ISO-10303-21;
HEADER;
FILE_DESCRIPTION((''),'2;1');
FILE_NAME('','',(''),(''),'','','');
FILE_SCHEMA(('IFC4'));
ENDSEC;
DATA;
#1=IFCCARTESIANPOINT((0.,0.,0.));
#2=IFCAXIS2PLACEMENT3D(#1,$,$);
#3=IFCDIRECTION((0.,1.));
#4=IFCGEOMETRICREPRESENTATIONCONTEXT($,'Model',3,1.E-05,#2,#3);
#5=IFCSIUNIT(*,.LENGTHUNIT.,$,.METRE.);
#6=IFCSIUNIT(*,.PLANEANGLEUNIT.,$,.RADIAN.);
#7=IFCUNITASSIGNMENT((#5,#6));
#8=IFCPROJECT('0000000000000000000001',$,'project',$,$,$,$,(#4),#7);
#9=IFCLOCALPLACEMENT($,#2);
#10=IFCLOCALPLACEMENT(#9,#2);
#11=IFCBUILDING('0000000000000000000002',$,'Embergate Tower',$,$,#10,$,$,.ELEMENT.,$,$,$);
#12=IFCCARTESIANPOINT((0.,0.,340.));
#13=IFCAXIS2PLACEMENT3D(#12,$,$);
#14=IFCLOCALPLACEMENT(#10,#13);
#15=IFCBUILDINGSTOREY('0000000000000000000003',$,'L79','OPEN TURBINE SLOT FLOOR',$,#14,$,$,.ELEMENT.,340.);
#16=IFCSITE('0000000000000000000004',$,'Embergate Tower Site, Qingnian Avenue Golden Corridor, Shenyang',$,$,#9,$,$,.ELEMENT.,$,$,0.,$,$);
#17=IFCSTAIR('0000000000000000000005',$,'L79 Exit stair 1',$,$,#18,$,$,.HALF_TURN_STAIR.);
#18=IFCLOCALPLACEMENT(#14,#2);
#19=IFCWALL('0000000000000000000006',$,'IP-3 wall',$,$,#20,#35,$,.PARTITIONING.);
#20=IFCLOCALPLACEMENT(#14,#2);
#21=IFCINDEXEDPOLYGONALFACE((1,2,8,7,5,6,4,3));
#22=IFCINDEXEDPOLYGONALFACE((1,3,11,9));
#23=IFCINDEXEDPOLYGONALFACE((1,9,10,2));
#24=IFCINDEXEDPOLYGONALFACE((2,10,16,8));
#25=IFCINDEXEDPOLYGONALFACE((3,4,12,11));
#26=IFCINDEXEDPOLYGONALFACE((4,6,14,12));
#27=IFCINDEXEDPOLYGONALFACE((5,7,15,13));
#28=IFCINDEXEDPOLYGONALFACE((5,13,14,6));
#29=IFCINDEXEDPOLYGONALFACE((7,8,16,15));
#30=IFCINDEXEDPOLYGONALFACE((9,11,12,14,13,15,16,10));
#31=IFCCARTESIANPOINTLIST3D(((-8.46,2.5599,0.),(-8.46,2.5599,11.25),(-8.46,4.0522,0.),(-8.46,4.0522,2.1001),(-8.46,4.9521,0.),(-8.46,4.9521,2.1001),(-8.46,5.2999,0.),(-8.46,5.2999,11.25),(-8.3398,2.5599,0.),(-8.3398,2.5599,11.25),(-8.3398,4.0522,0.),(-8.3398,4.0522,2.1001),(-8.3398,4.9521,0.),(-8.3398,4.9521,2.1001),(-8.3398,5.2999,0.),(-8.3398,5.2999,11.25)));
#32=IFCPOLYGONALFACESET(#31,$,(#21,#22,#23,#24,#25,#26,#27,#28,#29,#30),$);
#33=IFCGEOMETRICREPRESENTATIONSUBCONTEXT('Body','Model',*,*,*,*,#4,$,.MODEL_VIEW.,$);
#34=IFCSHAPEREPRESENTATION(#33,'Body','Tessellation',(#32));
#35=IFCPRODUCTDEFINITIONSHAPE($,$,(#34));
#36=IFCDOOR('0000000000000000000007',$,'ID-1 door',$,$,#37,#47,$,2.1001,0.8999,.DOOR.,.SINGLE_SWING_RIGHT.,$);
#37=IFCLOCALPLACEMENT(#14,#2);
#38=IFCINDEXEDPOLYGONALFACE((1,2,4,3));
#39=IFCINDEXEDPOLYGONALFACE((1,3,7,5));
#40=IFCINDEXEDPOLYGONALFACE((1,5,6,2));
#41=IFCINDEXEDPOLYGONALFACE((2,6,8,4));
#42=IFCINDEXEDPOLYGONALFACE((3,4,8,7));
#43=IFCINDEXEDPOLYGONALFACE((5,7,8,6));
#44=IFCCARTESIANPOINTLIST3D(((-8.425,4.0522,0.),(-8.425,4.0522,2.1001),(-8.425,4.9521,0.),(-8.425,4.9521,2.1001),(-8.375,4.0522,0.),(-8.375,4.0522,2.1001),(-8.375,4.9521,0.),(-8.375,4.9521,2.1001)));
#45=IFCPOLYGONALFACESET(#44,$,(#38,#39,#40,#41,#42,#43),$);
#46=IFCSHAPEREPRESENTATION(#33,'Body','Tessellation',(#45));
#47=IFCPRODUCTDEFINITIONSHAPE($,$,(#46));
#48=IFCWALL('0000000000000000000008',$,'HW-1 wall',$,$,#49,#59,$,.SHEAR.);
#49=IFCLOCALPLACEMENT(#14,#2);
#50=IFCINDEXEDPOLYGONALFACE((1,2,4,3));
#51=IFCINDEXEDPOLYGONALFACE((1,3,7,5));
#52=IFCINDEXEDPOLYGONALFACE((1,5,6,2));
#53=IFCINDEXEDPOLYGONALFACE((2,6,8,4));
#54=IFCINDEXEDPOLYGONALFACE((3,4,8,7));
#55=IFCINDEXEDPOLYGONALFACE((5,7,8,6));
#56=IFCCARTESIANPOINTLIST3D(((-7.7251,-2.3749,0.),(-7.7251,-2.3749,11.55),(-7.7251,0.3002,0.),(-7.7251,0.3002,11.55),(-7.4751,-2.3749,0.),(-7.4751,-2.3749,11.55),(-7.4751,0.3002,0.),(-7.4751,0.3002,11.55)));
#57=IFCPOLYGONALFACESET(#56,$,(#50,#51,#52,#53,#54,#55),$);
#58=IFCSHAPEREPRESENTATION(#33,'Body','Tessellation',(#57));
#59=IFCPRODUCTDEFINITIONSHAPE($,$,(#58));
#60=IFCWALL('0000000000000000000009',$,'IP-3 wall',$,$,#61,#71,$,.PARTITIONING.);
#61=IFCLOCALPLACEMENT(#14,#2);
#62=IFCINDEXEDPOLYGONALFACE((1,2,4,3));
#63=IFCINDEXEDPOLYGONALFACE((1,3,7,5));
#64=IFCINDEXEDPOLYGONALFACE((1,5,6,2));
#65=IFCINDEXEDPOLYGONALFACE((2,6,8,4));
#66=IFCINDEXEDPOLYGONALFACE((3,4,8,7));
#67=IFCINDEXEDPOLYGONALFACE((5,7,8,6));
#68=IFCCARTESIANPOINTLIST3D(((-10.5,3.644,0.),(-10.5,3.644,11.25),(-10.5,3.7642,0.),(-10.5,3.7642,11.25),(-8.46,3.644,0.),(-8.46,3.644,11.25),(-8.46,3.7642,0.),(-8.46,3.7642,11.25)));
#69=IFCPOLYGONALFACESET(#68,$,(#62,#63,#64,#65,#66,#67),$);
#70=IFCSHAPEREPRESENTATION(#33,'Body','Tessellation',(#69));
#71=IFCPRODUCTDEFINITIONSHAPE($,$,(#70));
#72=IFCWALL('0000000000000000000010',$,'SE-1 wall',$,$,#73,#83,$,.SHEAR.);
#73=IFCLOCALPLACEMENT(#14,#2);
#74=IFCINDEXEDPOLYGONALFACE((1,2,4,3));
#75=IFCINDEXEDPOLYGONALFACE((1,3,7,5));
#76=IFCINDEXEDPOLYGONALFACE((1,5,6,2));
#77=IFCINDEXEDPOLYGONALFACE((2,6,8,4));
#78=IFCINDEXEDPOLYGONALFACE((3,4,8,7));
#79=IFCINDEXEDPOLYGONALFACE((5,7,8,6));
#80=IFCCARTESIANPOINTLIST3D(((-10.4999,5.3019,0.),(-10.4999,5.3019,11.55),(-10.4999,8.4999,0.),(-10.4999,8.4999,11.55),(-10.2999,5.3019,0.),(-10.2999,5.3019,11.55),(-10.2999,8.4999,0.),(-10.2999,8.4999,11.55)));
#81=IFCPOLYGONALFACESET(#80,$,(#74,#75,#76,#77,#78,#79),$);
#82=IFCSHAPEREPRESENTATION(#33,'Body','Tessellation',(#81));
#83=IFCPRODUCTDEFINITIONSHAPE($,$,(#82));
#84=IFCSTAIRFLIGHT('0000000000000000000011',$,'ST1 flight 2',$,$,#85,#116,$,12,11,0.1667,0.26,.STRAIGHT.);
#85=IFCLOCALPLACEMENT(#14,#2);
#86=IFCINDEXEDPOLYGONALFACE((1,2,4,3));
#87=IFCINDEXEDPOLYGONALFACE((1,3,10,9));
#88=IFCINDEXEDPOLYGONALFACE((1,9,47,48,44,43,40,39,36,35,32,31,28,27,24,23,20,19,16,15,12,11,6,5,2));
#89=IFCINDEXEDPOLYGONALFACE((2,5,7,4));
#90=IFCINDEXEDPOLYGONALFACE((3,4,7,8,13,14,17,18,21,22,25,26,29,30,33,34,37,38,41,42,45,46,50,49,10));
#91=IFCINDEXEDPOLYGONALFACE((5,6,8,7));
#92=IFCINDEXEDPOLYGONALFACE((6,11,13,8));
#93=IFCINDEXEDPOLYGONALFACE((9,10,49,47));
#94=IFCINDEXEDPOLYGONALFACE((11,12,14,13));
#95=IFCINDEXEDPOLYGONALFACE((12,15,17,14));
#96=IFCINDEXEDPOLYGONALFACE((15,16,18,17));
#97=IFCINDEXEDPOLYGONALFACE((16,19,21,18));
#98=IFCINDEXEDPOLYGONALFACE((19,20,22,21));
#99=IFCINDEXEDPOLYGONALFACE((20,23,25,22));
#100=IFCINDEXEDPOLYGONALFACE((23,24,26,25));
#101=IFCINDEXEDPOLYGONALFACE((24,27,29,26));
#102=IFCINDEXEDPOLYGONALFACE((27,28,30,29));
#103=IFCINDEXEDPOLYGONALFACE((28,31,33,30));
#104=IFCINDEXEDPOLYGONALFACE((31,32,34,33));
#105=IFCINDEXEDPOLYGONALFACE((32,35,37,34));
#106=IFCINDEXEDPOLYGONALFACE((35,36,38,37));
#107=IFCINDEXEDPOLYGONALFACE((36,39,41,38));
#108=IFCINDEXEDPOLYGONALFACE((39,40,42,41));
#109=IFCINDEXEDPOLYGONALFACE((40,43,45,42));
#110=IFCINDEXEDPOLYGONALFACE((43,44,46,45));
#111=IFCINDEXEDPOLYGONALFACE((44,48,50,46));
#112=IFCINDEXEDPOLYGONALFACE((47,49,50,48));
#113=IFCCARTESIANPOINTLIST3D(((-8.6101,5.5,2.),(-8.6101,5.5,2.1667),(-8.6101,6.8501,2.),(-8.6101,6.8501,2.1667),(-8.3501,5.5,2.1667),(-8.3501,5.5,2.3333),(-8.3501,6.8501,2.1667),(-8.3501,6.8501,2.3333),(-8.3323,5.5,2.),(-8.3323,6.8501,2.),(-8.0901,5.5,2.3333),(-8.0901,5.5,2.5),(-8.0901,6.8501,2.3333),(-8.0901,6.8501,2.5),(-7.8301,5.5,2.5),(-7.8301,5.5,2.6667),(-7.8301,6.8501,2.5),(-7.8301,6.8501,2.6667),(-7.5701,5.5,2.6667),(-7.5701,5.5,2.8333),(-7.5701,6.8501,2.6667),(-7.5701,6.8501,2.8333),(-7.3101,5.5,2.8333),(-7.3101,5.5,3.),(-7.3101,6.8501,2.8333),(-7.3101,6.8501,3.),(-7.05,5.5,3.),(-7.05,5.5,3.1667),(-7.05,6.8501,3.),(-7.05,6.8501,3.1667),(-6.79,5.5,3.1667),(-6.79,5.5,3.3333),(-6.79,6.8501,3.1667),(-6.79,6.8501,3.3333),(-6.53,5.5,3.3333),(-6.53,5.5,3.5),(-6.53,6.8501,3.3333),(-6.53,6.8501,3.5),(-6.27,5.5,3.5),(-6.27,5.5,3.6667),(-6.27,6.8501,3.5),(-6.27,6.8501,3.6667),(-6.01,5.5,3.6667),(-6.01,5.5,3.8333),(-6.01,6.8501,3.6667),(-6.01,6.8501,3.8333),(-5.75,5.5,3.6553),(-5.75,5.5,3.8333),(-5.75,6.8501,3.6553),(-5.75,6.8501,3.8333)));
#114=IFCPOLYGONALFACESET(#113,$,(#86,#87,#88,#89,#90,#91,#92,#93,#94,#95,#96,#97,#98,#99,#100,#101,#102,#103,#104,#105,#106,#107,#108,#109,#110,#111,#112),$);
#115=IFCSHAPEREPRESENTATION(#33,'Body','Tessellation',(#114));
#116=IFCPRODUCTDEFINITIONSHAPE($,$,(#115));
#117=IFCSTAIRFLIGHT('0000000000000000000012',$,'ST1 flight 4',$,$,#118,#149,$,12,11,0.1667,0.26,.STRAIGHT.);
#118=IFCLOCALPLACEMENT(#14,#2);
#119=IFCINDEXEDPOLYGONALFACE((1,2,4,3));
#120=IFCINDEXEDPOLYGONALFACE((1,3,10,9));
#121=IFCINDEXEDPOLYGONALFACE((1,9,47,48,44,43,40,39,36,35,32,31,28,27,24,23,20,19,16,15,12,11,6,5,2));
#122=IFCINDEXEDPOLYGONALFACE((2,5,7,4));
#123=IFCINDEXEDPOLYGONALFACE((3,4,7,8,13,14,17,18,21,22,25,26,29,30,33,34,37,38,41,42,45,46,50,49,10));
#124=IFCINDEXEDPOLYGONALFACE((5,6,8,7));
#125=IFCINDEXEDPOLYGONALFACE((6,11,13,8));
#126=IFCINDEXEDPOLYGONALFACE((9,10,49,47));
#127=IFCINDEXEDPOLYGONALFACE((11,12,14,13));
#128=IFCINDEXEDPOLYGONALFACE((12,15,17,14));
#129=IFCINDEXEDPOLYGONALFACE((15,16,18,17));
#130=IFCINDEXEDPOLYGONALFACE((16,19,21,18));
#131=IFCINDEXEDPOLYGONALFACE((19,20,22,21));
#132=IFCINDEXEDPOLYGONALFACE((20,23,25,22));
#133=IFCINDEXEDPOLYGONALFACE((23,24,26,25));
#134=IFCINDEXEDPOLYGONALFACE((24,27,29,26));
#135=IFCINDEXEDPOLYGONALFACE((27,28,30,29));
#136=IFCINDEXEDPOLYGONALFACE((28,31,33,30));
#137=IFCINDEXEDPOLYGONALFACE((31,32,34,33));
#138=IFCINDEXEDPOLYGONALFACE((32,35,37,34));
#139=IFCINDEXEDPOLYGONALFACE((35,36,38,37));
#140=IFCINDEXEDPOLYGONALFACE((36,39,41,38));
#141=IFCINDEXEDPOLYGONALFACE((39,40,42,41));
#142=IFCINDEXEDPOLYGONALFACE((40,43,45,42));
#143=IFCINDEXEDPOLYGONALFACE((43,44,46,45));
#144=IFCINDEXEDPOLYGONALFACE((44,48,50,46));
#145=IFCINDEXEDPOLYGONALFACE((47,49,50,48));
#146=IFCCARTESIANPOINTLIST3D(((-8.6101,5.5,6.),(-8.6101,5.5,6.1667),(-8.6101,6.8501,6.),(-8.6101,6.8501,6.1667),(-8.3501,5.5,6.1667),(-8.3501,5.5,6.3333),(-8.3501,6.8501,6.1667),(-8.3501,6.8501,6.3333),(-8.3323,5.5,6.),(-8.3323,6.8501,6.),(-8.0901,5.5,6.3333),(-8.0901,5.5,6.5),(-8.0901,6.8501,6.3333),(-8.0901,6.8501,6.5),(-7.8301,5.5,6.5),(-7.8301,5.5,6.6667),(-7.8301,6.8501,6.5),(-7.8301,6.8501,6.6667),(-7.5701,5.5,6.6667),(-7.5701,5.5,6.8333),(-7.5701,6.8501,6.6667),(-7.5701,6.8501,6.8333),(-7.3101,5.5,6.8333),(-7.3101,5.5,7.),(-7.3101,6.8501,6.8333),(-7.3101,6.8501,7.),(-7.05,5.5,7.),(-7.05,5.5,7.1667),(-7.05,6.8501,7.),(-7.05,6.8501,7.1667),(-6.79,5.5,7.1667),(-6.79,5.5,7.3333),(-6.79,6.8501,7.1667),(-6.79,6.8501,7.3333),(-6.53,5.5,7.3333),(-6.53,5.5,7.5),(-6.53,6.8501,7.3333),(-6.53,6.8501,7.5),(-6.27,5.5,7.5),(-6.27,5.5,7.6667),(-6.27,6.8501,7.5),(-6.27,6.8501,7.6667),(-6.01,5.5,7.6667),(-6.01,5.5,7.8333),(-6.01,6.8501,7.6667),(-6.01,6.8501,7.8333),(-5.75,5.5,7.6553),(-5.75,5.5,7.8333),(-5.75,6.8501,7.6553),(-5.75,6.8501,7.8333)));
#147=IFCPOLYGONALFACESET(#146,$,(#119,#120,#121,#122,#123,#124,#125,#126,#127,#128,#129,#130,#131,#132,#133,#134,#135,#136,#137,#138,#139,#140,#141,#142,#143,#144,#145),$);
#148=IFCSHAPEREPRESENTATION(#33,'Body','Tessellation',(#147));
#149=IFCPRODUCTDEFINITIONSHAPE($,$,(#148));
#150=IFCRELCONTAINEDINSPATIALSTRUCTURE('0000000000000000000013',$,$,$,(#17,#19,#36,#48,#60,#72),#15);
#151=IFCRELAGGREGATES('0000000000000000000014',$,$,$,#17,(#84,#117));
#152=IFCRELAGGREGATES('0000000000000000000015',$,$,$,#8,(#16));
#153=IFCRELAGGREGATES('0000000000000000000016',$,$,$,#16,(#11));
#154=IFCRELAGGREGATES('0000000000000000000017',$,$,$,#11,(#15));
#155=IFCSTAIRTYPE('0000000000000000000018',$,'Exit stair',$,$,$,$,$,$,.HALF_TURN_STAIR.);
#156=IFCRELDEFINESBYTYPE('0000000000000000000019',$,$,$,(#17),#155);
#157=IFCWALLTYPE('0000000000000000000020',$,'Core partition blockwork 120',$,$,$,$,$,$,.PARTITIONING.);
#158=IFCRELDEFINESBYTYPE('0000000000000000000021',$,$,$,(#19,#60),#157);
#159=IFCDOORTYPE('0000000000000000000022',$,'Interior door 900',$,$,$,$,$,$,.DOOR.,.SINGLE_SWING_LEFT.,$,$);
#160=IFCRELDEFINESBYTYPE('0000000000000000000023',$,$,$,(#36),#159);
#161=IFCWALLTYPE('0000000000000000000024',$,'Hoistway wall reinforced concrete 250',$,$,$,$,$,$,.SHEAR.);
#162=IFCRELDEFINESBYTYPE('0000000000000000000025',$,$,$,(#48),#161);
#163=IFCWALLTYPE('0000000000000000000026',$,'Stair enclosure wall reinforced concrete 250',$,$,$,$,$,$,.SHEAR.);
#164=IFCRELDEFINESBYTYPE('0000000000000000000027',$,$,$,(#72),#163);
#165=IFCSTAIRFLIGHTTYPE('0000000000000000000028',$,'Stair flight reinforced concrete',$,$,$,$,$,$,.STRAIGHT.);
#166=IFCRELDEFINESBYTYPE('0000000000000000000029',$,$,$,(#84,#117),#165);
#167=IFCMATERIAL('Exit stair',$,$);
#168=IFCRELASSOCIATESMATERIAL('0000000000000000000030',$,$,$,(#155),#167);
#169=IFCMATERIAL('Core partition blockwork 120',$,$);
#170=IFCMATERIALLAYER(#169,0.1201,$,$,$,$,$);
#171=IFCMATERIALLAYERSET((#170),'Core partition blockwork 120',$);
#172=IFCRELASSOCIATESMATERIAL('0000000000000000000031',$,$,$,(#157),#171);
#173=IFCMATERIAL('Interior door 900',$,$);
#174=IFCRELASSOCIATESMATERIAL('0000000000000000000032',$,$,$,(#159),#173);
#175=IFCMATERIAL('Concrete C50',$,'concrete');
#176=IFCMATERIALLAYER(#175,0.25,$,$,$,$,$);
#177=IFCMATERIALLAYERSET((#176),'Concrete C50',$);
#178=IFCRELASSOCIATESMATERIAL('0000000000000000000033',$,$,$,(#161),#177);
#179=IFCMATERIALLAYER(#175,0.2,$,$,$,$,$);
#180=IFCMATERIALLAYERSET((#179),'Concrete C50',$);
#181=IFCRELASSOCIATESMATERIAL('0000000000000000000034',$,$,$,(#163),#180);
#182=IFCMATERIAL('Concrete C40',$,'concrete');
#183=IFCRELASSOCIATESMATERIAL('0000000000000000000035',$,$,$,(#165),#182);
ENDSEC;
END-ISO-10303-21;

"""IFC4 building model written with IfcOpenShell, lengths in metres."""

from ifc_helpers import new_model, si_unit, direction, frame, frame_2d, origin, place, context, subcontext, project, spatial, polyline, rectangle, outline, extrude, source, transform, mapped, material, layer, layer_set, type_object, element, fill, aggregate, save


model = new_model("IFC4")

# Units and contexts
model_context = context("Model", 3, precision=1e-05, world=origin(), true_north=direction((0.0, 1.0)))
body_context = subcontext(model_context, "Body", "Model", "MODEL_VIEW")
ifc_project = project(units=[si_unit("LENGTHUNIT", "METRE"), si_unit("PLANEANGLEUNIT", "RADIAN")], contexts=[model_context])

# Site, building, storey
site_placement = place(None, origin())
site = spatial("IfcSite", under=ifc_project, at=site_placement, Name="Embergate Tower Site, Qingnian Avenue Golden Corridor, Shenyang", CompositionType="ELEMENT", RefElevation=0.0)
building_placement = place(site_placement, origin())
building = spatial("IfcBuilding", under=site, at=building_placement, Name="Embergate Tower", CompositionType="ELEMENT")
storey_placement = place(building_placement, frame((0.0, 0.0, 340.0)))
storey = spatial("IfcBuildingStorey", under=building, at=storey_placement, Name="L79", Description="OPEN TURBINE SLOT FLOOR", CompositionType="ELEMENT", Elevation=340.0)

# Shared definitions
ifc_material_1 = material(Name="Concrete C50", Category="concrete")

# Stair
ifc_material_2 = material(Name="Exit stair")
stair_type = type_object("IfcStairType", Name="Exit stair", PredefinedType="HALF_TURN_STAIR", material=ifc_material_2)
stair_placement = place(storey_placement, origin())
stair = element("IfcStair", 1, at=stair_placement, inside=storey, type_object=stair_type, Name="L79 Exit stair 1", PredefinedType="HALF_TURN_STAIR")
ifc_material_3 = material(Name="Concrete C40", Category="concrete")

# Shared definitions
ifc_material_4 = material(Name="Core partition blockwork 120")
ifc_layer_1 = layer(ifc_material_4, 0.1201)
ifc_layer_set_1 = layer_set([ifc_layer_1], Name="Core partition blockwork 120")
wall_type_1 = type_object("IfcWallType", Name="Core partition blockwork 120", PredefinedType="PARTITIONING", material=ifc_layer_set_1)
shared_shape_1 = source(origin(), body_context, "Body", "SweptSolid", [
    extrude(rectangle(XDim=0.8999, YDim=2.1001, at=frame_2d((0.45, 1.05))), frame((0.0, 0.0701, 0.0), z_axis=(0.0, -1.0, 0.0), x_axis=(1.0, 0.0, 0.0)), (0.0, 0.0, 1.0), 0.1401),
])
ifc_material_5 = material(Name="Interior door 900")
door_type_1 = type_object("IfcDoorType", Name="Interior door 900", OperationType="SINGLE_SWING_LEFT", PredefinedType="DOOR", material=ifc_material_5)
shared_shape_2 = source(origin(), body_context, "Body", "SweptSolid", [
    extrude(rectangle(XDim=0.8999, YDim=2.1001, at=frame_2d((0.45, 1.05))), frame((0.0, 0.0249, 0.0), z_axis=(0.0, -1.0, 0.0), x_axis=(1.0, 0.0, 0.0)), (0.0, 0.0, 1.0), 0.05),
])

# Wall, opening, door
shared_shape_3 = source(origin(), body_context, "Body", "SweptSolid", [
    extrude(rectangle(XDim=2.74, YDim=0.1201, at=frame_2d((1.3701, 0.0))), origin(), (0.0, 0.0, 1.0), 11.25),
])
wall_1_placement = place(storey_placement, frame((-8.3999, 5.3, 0.0), z_axis=(0.0, 0.0, 1.0), x_axis=(0.0, -1.0, 0.0)))
wall_1 = element("IfcWall", 2, at=wall_1_placement, inside=storey, type_object=wall_type_1, Name="IP-3 wall", PredefinedType="PARTITIONING", context=body_context, shape_type="MappedRepresentation", body=[
    mapped(shared_shape_3, transform((0.0, 0.0, 0.0))),
])
opening_1_placement = place(wall_1_placement, frame((0.3479, 0.0, 0.0)))
opening_1 = element("IfcOpeningElement", 3, at=opening_1_placement, cuts=wall_1, PredefinedType="OPENING", context=body_context, shape_type="MappedRepresentation", body=[
    mapped(shared_shape_1, transform((0.0, 0.0, 0.0))),
])
door_1_placement = place(opening_1_placement, origin())
door_1 = element("IfcDoor", 4, at=door_1_placement, inside=storey, type_object=door_type_1, Name="ID-1 door", OperationType="SINGLE_SWING_RIGHT", OverallHeight=2.1001, OverallWidth=0.8999, PredefinedType="DOOR", context=body_context, shape_type="MappedRepresentation", body=[
    mapped(shared_shape_2, transform((0.0, 0.0, 0.0))),
])
fill(opening_1, door_1)

# Walls
ifc_layer_2 = layer(ifc_material_1, 0.25)
ifc_layer_set_2 = layer_set([ifc_layer_2], Name="Concrete C50")
wall_type_2 = type_object("IfcWallType", Name="Hoistway wall reinforced concrete 250", PredefinedType="SHEAR", material=ifc_layer_set_2)
shared_shape_4 = source(origin(), body_context, "Body", "SweptSolid", [
    extrude(rectangle(XDim=2.675, YDim=0.25, at=frame_2d((1.3374, 0.0))), origin(), (0.0, 0.0, 1.0), 11.55),
])
wall_2_placement = place(storey_placement, frame((-7.6001, 0.3, 0.0), z_axis=(0.0, 0.0, 1.0), x_axis=(0.0, -1.0, 0.0)))
element("IfcWall", 5, at=wall_2_placement, inside=storey, type_object=wall_type_2, Name="HW-1 wall", PredefinedType="SHEAR", context=body_context, shape_type="MappedRepresentation", body=[
    mapped(shared_shape_4, transform((0.0, 0.0, 0.0))),
])
shared_shape_5 = source(origin(), body_context, "Body", "SweptSolid", [
    extrude(rectangle(XDim=2.04, YDim=0.1201, at=frame_2d((1.02, 0.0))), origin(), (0.0, 0.0, 1.0), 11.25),
])
wall_3_placement = place(storey_placement, frame((-8.46, 3.7041, 0.0), z_axis=(0.0, 0.0, 1.0), x_axis=(-1.0, 0.0, 0.0)))
element("IfcWall", 6, at=wall_3_placement, inside=storey, type_object=wall_type_1, Name="IP-3 wall", PredefinedType="PARTITIONING", context=body_context, shape_type="MappedRepresentation", body=[
    mapped(shared_shape_5, transform((0.0, 0.0, 0.0))),
])
ifc_layer_3 = layer(ifc_material_1, 0.2)
ifc_layer_set_3 = layer_set([ifc_layer_3], Name="Concrete C50")
wall_type_3 = type_object("IfcWallType", Name="Stair enclosure wall reinforced concrete 250", PredefinedType="SHEAR", material=ifc_layer_set_3)
shared_shape_6 = source(origin(), body_context, "Body", "SweptSolid", [
    extrude(rectangle(XDim=3.198, YDim=0.2, at=frame_2d((1.5991, 0.0))), origin(), (0.0, 0.0, 1.0), 11.55),
])
wall_4_placement = place(storey_placement, frame((-10.3999, 8.5, 0.0), z_axis=(0.0, 0.0, 1.0), x_axis=(0.0, -1.0, 0.0)))
element("IfcWall", 7, at=wall_4_placement, inside=storey, type_object=wall_type_3, Name="SE-1 wall", PredefinedType="SHEAR", context=body_context, shape_type="MappedRepresentation", body=[
    mapped(shared_shape_6, transform((0.0, 0.0, 0.0))),
])

# Stair flights
stair_flight_type = type_object("IfcStairFlightType", Name="Stair flight reinforced concrete", PredefinedType="STRAIGHT", material=ifc_material_3)
shared_shape_7 = source(origin(), body_context, "Body", "SweptSolid", [
    extrude(outline(polyline([(0.0, 0.0), (0.0, 0.1667), (0.26, 0.1667), (0.26, 0.3333), (0.52, 0.3333), (0.52, 0.5), (0.78, 0.5), (0.78, 0.6667), (1.04, 0.6667), (1.04, 0.8333), (1.3, 0.8333), (1.3, 1.0), (1.5601, 1.0), (1.5601, 1.1667), (1.8201, 1.1667), (1.8201, 1.3333), (2.0801, 1.3333), (2.0801, 1.5), (2.3401, 1.5), (2.3401, 1.6667), (2.6001, 1.6667), (2.6001, 1.8333), (2.8601, 1.8333), (2.8601, 2.0), (2.8601, 1.6553), (0.2778, 0.0), (0.0, 0.0)])), frame((0.0, 0.675, 0.0), z_axis=(0.0, -1.0, 0.0), x_axis=(1.0, 0.0, 0.0)), (0.0, 0.0, 1.0), 1.3501),
])
stair_flight_1_placement = place(storey_placement, frame((-8.6101, 6.175, 2.0), z_axis=(0.0, 0.0, 1.0), x_axis=(1.0, 0.0, 0.0)))
stair_flight_1 = element("IfcStairFlight", 8, at=stair_flight_1_placement, type_object=stair_flight_type, Name="ST1 flight 2", NumberOfRisers=12, NumberOfTreads=11, PredefinedType="STRAIGHT", RiserHeight=0.1667, TreadLength=0.26, context=body_context, shape_type="MappedRepresentation", body=[
    mapped(shared_shape_7, transform((0.0, 0.0, 0.0))),
])
stair_flight_2_placement = place(storey_placement, frame((-8.6101, 6.175, 6.0), z_axis=(0.0, 0.0, 1.0), x_axis=(1.0, 0.0, 0.0)))
stair_flight_2 = element("IfcStairFlight", 9, at=stair_flight_2_placement, type_object=stair_flight_type, Name="ST1 flight 4", NumberOfRisers=12, NumberOfTreads=11, PredefinedType="STRAIGHT", RiserHeight=0.1667, TreadLength=0.26, context=body_context, shape_type="MappedRepresentation", body=[
    mapped(shared_shape_7, transform((0.0, 0.0, 0.0))),
])
aggregate(stair, [stair_flight_1, stair_flight_2])

save(model, "model.ifc")
